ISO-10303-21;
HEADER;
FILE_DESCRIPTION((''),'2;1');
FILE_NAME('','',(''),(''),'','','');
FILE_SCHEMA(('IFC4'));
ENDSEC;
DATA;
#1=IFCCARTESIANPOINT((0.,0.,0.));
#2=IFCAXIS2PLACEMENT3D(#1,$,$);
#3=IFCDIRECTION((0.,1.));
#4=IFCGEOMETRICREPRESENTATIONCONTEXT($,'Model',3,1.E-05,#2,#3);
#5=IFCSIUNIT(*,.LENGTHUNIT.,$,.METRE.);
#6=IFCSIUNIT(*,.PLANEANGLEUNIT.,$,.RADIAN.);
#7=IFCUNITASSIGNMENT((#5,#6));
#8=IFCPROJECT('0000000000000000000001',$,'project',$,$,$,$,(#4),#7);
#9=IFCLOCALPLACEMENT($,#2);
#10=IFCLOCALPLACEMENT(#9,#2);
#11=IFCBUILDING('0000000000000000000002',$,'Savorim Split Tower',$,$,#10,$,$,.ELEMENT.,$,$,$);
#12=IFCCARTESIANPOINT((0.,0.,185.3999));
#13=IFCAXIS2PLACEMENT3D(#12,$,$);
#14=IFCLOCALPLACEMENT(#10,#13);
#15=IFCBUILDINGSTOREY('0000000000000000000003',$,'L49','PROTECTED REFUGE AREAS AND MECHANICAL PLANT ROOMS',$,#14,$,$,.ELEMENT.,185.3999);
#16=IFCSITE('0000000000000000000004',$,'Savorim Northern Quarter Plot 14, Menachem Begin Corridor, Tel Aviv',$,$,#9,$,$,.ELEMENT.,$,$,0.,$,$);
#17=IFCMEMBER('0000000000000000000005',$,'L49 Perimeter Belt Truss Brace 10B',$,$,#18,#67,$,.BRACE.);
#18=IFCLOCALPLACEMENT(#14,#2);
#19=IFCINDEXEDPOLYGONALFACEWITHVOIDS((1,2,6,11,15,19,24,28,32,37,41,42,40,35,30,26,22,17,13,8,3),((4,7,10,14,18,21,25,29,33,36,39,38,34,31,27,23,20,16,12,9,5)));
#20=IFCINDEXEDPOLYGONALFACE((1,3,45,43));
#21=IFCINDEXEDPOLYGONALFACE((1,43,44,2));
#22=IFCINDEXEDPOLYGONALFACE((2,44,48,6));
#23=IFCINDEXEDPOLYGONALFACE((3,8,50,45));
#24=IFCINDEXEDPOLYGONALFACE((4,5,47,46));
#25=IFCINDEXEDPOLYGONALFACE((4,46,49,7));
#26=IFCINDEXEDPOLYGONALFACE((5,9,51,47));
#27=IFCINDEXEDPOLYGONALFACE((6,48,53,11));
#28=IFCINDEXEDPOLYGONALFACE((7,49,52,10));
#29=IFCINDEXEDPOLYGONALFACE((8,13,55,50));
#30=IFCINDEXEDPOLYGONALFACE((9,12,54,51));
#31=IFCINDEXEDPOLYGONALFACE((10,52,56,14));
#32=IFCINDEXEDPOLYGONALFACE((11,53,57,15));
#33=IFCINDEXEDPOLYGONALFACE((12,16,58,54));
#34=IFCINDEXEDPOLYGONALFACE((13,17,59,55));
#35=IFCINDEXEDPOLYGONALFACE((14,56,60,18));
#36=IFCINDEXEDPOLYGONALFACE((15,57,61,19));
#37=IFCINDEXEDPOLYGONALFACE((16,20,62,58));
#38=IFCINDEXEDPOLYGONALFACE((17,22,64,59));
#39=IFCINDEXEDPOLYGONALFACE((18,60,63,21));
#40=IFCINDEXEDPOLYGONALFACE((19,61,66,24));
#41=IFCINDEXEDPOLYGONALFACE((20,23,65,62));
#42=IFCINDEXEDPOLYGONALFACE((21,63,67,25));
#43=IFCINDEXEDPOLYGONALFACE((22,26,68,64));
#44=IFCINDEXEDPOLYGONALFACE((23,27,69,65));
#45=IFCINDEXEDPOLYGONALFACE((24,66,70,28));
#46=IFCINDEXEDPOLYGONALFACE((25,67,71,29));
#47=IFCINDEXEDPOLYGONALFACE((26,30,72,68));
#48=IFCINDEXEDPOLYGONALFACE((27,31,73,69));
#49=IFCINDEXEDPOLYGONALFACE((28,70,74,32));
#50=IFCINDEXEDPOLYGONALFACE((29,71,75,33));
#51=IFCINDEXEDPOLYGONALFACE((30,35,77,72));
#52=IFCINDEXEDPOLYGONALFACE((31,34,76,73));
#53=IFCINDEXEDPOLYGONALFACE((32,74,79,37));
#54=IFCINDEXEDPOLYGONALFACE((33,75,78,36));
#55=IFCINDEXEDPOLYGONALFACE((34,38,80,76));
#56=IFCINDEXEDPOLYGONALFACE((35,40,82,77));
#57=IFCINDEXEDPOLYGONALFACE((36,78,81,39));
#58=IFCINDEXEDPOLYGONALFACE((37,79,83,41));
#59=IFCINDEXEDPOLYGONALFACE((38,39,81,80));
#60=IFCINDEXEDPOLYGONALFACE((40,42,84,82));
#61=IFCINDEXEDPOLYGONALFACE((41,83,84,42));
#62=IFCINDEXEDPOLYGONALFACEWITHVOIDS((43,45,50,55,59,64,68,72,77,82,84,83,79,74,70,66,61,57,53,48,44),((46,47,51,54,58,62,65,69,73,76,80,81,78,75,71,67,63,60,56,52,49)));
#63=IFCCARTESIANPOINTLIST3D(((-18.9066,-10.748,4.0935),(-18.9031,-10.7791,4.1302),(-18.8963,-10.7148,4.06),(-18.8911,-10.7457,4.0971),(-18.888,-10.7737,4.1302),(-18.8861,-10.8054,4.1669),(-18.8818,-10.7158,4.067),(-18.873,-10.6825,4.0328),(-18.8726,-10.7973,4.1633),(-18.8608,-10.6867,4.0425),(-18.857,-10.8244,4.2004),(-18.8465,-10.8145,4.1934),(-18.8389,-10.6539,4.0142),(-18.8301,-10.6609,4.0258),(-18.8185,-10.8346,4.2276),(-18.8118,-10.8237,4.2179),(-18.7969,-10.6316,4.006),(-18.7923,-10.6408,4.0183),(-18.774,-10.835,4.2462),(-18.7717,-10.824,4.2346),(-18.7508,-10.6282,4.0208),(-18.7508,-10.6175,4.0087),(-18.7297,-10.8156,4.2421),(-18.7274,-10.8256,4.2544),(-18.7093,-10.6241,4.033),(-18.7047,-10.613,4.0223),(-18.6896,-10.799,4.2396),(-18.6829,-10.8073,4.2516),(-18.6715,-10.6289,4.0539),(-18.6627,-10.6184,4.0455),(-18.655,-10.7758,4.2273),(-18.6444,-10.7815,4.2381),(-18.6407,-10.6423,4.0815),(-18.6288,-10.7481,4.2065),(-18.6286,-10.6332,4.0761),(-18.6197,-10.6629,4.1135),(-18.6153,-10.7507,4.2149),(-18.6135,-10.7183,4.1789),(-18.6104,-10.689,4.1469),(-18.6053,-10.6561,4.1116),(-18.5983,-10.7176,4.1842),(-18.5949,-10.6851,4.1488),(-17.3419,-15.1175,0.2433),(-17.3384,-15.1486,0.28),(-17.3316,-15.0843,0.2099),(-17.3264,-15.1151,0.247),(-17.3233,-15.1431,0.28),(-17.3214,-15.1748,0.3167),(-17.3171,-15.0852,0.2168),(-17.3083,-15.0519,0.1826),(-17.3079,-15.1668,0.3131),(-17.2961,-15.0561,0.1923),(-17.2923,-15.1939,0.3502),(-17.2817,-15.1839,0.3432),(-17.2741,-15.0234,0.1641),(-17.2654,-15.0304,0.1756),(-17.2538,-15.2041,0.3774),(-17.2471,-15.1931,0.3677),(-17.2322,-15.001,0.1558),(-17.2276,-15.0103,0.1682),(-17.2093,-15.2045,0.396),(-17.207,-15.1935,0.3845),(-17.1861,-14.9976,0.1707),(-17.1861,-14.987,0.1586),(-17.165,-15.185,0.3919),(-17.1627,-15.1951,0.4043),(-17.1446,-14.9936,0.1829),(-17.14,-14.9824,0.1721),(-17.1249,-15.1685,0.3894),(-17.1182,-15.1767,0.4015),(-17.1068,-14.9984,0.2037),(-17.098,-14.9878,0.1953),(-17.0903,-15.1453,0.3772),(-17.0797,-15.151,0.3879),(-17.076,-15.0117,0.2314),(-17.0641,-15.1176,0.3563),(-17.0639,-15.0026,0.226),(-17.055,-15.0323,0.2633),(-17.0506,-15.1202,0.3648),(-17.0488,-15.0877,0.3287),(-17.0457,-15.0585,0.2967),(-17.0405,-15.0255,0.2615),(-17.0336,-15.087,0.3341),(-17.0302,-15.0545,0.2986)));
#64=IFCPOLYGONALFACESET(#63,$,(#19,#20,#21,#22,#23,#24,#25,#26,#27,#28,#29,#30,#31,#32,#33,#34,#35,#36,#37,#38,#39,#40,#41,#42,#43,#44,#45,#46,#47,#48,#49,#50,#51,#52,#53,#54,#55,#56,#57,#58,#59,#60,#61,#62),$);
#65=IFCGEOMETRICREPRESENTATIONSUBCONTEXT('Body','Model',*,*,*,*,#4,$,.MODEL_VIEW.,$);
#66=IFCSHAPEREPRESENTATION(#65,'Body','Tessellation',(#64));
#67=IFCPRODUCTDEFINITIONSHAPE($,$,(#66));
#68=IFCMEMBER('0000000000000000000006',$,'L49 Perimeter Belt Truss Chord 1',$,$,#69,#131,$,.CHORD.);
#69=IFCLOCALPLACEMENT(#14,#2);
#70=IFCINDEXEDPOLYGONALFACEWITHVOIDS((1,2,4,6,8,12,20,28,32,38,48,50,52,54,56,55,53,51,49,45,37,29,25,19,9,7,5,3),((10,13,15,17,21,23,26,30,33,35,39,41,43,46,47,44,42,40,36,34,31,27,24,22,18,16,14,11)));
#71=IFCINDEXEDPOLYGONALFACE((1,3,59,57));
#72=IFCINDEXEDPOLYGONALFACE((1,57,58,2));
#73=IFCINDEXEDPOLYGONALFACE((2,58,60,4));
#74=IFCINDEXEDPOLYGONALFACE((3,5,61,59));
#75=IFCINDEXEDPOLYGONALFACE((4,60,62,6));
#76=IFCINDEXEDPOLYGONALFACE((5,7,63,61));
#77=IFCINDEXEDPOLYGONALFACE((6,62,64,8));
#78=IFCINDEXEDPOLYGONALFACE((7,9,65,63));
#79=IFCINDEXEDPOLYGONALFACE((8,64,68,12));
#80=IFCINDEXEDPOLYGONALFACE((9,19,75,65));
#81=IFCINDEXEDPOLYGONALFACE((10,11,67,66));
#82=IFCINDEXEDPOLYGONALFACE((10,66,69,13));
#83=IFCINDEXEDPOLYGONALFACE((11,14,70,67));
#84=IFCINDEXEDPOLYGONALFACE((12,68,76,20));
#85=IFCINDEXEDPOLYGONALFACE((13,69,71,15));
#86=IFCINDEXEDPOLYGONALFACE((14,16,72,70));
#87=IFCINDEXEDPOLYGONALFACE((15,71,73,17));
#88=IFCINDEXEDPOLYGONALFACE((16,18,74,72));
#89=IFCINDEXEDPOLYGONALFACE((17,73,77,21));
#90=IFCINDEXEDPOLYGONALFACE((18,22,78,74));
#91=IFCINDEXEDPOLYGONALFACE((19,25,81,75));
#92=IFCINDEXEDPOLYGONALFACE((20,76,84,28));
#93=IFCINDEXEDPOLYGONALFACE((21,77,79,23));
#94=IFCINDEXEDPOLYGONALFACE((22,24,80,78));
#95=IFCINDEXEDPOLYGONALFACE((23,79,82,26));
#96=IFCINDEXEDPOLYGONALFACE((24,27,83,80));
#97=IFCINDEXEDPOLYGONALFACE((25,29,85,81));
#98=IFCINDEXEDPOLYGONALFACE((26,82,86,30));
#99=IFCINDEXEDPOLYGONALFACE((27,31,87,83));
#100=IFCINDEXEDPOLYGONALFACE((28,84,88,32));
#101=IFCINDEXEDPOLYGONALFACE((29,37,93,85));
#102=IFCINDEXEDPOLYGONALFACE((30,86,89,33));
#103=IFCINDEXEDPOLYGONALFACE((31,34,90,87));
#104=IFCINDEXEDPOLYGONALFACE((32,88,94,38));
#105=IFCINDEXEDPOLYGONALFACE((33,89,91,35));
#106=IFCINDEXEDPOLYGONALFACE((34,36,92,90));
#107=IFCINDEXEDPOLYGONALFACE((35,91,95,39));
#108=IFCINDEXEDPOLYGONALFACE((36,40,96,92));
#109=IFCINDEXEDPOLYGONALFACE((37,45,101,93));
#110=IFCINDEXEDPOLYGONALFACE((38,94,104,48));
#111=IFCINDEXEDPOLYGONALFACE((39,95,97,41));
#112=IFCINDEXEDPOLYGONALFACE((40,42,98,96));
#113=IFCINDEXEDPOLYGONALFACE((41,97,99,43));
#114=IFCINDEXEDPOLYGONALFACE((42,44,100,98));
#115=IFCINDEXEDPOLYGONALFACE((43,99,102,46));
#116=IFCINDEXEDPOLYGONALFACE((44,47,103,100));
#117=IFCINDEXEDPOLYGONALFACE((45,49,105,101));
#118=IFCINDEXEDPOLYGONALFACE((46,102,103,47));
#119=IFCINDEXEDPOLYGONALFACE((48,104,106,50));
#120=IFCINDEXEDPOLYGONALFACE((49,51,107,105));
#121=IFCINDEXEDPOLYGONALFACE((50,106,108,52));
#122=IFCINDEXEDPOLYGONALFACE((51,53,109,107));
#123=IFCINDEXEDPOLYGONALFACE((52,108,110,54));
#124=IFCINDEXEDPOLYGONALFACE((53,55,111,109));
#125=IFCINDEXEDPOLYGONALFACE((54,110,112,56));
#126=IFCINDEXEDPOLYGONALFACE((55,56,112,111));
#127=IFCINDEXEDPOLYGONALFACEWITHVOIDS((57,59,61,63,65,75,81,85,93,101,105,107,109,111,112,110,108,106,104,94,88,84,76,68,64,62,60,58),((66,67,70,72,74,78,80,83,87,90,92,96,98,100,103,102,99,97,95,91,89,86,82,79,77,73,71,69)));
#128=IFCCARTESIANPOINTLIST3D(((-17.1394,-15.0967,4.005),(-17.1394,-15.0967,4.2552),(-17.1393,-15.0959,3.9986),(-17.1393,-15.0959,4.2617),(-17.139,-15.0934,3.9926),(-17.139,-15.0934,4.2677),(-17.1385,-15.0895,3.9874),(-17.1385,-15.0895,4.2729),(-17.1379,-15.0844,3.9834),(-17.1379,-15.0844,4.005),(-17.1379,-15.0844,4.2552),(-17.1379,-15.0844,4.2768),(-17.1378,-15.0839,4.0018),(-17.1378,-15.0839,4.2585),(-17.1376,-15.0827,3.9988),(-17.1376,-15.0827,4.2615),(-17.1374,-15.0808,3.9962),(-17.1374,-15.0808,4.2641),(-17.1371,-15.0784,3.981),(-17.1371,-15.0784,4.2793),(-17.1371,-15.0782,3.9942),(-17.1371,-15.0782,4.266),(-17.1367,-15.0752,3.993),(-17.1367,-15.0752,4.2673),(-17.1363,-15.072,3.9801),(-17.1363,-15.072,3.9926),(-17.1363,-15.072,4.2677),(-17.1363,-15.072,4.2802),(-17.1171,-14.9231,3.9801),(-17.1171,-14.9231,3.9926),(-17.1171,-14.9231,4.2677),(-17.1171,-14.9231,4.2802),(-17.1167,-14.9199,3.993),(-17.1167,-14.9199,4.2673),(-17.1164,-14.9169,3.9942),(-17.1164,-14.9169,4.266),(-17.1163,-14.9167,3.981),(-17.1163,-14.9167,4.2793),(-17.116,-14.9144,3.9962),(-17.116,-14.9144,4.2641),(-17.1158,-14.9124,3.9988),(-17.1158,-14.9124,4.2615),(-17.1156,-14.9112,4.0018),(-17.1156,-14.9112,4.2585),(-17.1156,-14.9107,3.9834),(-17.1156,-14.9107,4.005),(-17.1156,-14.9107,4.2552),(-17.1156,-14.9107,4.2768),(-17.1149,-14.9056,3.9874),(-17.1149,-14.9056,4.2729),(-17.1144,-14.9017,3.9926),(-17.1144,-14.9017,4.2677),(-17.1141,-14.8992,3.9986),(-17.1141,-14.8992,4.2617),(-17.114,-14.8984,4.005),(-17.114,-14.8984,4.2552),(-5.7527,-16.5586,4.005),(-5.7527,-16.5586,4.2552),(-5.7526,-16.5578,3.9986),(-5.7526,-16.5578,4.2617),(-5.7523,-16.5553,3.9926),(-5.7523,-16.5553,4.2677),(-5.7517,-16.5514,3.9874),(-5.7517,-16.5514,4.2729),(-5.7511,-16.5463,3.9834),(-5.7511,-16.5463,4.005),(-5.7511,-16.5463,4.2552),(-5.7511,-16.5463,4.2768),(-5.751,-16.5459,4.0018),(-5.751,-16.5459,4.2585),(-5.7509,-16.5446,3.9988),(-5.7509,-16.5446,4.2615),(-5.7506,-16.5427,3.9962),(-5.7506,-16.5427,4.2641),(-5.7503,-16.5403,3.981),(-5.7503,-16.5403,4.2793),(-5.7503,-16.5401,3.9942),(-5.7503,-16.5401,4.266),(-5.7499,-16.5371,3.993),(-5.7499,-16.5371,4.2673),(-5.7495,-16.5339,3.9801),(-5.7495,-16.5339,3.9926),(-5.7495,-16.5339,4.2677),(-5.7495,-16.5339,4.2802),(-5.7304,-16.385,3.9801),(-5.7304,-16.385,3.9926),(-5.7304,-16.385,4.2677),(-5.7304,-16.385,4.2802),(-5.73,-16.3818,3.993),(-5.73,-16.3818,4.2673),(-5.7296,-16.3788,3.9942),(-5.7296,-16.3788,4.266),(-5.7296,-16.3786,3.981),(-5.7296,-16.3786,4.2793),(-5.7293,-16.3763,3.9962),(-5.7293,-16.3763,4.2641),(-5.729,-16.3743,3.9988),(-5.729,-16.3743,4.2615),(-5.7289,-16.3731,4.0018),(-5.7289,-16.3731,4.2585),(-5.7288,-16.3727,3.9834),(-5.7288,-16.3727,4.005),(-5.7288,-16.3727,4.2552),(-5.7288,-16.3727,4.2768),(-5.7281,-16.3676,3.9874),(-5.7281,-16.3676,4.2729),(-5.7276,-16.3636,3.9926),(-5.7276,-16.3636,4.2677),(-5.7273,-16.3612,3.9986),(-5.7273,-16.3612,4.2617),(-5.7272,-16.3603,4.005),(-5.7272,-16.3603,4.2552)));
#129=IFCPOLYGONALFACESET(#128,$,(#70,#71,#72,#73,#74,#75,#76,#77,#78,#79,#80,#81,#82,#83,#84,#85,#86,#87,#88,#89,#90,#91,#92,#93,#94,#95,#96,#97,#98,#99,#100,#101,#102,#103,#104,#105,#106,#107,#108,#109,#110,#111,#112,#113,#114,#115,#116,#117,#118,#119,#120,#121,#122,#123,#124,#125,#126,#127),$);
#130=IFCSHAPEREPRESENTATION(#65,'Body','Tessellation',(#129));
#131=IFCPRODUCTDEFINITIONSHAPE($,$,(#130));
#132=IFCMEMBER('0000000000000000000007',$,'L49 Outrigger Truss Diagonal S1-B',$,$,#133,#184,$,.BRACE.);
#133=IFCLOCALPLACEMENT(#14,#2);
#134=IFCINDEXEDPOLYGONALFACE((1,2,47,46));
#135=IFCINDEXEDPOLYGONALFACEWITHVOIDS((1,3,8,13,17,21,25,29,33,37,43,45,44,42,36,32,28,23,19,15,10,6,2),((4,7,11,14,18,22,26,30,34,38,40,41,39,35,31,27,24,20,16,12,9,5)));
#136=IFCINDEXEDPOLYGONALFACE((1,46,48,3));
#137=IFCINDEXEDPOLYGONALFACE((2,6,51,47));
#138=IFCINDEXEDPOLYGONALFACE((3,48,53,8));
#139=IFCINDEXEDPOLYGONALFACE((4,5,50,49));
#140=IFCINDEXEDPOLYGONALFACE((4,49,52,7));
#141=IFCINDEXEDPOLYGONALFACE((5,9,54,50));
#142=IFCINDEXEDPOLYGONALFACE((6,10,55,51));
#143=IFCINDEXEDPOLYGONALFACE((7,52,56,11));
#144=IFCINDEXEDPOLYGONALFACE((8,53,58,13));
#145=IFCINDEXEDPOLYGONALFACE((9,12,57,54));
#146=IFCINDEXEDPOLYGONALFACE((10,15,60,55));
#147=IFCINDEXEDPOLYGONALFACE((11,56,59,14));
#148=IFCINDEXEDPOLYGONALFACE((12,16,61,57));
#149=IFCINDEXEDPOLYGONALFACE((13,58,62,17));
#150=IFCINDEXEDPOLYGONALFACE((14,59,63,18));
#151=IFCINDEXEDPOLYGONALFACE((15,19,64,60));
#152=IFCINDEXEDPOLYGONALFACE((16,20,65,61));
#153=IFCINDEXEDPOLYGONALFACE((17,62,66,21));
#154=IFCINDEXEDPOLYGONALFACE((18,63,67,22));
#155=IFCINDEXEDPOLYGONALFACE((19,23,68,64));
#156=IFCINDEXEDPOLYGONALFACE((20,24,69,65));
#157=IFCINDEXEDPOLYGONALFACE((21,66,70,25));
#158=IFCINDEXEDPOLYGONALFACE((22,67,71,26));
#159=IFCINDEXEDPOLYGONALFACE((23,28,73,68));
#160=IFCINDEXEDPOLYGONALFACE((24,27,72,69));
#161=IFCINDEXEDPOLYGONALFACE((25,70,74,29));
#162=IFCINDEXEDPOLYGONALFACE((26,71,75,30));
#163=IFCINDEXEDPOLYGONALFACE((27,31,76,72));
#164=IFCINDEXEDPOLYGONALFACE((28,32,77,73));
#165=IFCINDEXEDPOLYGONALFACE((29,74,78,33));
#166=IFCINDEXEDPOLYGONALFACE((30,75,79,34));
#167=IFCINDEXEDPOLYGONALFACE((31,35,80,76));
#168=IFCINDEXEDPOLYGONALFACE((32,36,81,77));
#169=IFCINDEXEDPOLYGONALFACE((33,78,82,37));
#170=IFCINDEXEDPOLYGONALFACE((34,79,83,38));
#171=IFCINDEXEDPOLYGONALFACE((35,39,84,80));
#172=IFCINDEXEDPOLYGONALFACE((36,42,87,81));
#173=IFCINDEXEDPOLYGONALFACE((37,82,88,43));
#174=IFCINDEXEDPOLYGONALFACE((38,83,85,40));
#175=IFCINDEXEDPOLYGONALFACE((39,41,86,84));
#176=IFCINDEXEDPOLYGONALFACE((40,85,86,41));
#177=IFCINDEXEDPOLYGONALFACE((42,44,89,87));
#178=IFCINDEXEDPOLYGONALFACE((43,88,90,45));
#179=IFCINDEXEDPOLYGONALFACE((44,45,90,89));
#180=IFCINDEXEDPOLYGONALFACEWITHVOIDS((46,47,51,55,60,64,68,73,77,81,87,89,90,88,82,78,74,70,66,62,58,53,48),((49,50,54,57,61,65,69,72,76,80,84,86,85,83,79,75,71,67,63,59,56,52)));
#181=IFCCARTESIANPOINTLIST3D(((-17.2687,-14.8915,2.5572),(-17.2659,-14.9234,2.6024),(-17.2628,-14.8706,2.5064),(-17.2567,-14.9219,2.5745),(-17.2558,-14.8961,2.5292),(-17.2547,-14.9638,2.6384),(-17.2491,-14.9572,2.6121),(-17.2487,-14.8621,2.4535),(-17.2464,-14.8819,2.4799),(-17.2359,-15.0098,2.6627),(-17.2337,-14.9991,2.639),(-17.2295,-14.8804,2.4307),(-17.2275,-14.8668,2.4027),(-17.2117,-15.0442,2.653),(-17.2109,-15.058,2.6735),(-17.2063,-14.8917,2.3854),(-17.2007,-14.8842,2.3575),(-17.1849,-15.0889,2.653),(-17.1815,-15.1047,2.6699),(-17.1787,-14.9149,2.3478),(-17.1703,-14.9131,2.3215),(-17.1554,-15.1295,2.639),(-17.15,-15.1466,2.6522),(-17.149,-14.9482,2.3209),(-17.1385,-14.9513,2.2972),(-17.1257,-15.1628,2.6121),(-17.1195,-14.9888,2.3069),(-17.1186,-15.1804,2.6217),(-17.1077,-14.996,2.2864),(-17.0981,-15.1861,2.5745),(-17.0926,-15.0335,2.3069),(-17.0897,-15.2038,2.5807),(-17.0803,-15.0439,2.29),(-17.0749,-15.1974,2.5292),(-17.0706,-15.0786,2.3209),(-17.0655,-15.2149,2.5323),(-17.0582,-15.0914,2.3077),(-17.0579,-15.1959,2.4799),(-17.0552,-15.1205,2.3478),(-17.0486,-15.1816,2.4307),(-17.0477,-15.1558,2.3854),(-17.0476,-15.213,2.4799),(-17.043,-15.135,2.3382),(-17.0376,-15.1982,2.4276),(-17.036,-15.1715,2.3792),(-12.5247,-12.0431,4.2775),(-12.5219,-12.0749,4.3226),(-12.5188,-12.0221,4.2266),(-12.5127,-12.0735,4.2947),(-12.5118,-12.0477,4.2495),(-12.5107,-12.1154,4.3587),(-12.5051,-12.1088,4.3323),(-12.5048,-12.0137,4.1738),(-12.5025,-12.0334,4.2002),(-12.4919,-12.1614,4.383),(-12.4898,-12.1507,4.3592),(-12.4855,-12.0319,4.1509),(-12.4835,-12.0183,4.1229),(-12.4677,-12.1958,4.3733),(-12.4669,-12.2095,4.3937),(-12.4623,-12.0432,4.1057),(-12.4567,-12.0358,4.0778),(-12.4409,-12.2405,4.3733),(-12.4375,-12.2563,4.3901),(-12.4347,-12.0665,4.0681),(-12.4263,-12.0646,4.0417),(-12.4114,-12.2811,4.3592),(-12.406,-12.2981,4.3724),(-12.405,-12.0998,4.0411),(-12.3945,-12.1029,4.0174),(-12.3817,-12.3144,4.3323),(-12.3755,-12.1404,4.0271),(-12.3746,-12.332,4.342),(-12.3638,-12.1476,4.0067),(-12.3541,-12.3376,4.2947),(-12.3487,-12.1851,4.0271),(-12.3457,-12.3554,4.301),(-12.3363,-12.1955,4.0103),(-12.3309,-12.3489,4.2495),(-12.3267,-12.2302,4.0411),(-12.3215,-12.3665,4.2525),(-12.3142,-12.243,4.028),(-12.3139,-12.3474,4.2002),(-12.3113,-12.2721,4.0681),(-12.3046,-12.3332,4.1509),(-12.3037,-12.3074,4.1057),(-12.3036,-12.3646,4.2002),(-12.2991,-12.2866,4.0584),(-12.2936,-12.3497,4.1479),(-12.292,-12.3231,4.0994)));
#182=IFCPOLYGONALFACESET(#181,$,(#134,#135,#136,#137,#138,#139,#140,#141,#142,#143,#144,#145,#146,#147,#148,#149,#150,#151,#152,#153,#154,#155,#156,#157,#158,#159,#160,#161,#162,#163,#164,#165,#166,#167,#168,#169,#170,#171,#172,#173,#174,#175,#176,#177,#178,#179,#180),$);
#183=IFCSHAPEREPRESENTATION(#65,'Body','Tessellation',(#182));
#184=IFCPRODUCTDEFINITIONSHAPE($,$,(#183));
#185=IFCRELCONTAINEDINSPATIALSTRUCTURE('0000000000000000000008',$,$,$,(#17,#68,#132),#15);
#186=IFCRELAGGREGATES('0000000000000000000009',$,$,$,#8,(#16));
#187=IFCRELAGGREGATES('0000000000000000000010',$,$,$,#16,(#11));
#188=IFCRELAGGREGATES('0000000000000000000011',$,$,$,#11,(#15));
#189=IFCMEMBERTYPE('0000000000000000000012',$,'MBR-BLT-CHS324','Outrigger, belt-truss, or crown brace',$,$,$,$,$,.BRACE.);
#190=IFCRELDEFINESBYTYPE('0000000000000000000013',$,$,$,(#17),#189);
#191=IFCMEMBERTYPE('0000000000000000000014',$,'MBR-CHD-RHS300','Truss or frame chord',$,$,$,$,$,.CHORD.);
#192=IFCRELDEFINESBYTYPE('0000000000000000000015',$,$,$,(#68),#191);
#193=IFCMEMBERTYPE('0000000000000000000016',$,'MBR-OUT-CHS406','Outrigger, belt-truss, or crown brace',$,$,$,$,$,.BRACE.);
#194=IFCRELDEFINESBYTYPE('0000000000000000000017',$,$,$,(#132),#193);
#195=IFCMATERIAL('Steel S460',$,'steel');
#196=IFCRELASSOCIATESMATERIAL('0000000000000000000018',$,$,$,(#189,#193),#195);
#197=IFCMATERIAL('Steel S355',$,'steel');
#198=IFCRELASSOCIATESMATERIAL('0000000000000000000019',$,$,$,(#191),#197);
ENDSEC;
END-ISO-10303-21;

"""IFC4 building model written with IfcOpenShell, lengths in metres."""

from ifc_helpers import new_model, si_unit, direction, frame, origin, origin_2d, place, context, subcontext, project, spatial, hollow_rectangle, hollow_circle, extrude, material, material_profile, profile_set, type_object, element, save


model = new_model("IFC4")

# Units and contexts
model_context = context("Model", 3, precision=1e-05, world=origin(), true_north=direction((0.0, 1.0)))
body_context = subcontext(model_context, "Body", "Model", "MODEL_VIEW")
ifc_project = project(units=[si_unit("LENGTHUNIT", "METRE"), si_unit("PLANEANGLEUNIT", "RADIAN")], contexts=[model_context])

# Site, building, storey
site_placement = place(None, origin())
site = spatial("IfcSite", under=ifc_project, at=site_placement, Name="Savorim Northern Quarter Plot 14, Menachem Begin Corridor, Tel Aviv", CompositionType="ELEMENT", RefElevation=0.0)
building_placement = place(site_placement, origin())
building = spatial("IfcBuilding", under=site, at=building_placement, Name="Savorim Split Tower", CompositionType="ELEMENT")
storey_placement = place(building_placement, frame((0.0, 0.0, 185.3999)))
storey = spatial("IfcBuildingStorey", under=building, at=storey_placement, Name="L49", Description="PROTECTED REFUGE AREAS AND MECHANICAL PLANT ROOMS", CompositionType="ELEMENT", Elevation=185.3999)

# Shared definitions
ifc_material_1 = material(Name="Steel S355", Category="steel")

# Members
ifc_material_2 = material(Name="Steel S460", Category="steel")
ifc_material_profile_1 = material_profile(ifc_material_2, hollow_circle(Radius=0.1619, WallThickness=0.0161, at=origin_2d()), Name="CHS 323.9x16")
ifc_profile_set_1 = profile_set([ifc_material_profile_1], Name="Steel S460")
member_type_1 = type_object("IfcMemberType", Name="MBR-BLT-CHS324", Description="Outrigger, belt-truss, or crown brace", PredefinedType="BRACE", material=ifc_profile_set_1)
member_1_placement = place(storey_placement, frame((-17.186, -15.094, 0.28), z_axis=(-0.259478, 0.724586, 0.638472), x_axis=(-0.941455, -0.337139, 0.0)))
element("IfcMember", 1, at=member_1_placement, inside=storey, type_object=member_type_1, Name="L49 Perimeter Belt Truss Brace 10B", PredefinedType="BRACE", context=body_context, shape_type="SweptSolid", body=[
    extrude(hollow_circle(Radius=0.1619, WallThickness=0.0161, at=origin_2d()), origin(), (0.0, 0.0, 1.0), 6.0303),
])
ifc_material_profile_2 = material_profile(ifc_material_1, hollow_rectangle(XDim=0.2, YDim=0.3, WallThickness=0.0125, InnerFilletRadius=0.0125, OuterFilletRadius=0.0249, at=origin_2d()), Name="RHS 300x200x12.5")
ifc_profile_set_2 = profile_set([ifc_material_profile_2], Name="Steel S355")
member_type_2 = type_object("IfcMemberType", Name="MBR-CHD-RHS300", Description="Truss or frame chord", PredefinedType="CHORD", material=ifc_profile_set_2)
member_2_placement = place(storey_placement, frame((-17.1267, -14.9976, 4.1301), z_axis=(0.991859, -0.127342, 0.0), x_axis=(0.127342, 0.991859, 0.0)))
element("IfcMember", 2, at=member_2_placement, inside=storey, type_object=member_type_2, Name="L49 Perimeter Belt Truss Chord 1", PredefinedType="CHORD", context=body_context, shape_type="SweptSolid", body=[
    extrude(hollow_rectangle(XDim=0.2, YDim=0.3, WallThickness=0.0125, InnerFilletRadius=0.0125, OuterFilletRadius=0.0249, at=origin_2d()), origin(), (0.0, 0.0, 1.0), 11.4802),
])
ifc_material_profile_3 = material_profile(ifc_material_2, hollow_circle(Radius=0.2031, WallThickness=0.02, at=origin_2d()), Name="CHS 406.4x20")
ifc_profile_set_3 = profile_set([ifc_material_profile_3], Name="Steel S460")
member_type_3 = type_object("IfcMemberType", Name="MBR-OUT-CHS406", Description="Outrigger, belt-truss, or crown brace", PredefinedType="BRACE", material=ifc_profile_set_3)
member_3_placement = place(storey_placement, frame((-12.4082, -12.1904, 4.2002), z_axis=(-0.81868, -0.491562, -0.296867), x_axis=(0.514768, -0.857329, 0.0)))
element("IfcMember", 3, at=member_3_placement, inside=storey, type_object=member_type_3, Name="L49 Outrigger Truss Diagonal S1-B", PredefinedType="BRACE", context=body_context, shape_type="SweptSolid", body=[
    extrude(hollow_circle(Radius=0.2031, WallThickness=0.02, at=origin_2d()), origin(), (0.0, 0.0, 1.0), 5.7947),
])

save(model, "model.ifc")
